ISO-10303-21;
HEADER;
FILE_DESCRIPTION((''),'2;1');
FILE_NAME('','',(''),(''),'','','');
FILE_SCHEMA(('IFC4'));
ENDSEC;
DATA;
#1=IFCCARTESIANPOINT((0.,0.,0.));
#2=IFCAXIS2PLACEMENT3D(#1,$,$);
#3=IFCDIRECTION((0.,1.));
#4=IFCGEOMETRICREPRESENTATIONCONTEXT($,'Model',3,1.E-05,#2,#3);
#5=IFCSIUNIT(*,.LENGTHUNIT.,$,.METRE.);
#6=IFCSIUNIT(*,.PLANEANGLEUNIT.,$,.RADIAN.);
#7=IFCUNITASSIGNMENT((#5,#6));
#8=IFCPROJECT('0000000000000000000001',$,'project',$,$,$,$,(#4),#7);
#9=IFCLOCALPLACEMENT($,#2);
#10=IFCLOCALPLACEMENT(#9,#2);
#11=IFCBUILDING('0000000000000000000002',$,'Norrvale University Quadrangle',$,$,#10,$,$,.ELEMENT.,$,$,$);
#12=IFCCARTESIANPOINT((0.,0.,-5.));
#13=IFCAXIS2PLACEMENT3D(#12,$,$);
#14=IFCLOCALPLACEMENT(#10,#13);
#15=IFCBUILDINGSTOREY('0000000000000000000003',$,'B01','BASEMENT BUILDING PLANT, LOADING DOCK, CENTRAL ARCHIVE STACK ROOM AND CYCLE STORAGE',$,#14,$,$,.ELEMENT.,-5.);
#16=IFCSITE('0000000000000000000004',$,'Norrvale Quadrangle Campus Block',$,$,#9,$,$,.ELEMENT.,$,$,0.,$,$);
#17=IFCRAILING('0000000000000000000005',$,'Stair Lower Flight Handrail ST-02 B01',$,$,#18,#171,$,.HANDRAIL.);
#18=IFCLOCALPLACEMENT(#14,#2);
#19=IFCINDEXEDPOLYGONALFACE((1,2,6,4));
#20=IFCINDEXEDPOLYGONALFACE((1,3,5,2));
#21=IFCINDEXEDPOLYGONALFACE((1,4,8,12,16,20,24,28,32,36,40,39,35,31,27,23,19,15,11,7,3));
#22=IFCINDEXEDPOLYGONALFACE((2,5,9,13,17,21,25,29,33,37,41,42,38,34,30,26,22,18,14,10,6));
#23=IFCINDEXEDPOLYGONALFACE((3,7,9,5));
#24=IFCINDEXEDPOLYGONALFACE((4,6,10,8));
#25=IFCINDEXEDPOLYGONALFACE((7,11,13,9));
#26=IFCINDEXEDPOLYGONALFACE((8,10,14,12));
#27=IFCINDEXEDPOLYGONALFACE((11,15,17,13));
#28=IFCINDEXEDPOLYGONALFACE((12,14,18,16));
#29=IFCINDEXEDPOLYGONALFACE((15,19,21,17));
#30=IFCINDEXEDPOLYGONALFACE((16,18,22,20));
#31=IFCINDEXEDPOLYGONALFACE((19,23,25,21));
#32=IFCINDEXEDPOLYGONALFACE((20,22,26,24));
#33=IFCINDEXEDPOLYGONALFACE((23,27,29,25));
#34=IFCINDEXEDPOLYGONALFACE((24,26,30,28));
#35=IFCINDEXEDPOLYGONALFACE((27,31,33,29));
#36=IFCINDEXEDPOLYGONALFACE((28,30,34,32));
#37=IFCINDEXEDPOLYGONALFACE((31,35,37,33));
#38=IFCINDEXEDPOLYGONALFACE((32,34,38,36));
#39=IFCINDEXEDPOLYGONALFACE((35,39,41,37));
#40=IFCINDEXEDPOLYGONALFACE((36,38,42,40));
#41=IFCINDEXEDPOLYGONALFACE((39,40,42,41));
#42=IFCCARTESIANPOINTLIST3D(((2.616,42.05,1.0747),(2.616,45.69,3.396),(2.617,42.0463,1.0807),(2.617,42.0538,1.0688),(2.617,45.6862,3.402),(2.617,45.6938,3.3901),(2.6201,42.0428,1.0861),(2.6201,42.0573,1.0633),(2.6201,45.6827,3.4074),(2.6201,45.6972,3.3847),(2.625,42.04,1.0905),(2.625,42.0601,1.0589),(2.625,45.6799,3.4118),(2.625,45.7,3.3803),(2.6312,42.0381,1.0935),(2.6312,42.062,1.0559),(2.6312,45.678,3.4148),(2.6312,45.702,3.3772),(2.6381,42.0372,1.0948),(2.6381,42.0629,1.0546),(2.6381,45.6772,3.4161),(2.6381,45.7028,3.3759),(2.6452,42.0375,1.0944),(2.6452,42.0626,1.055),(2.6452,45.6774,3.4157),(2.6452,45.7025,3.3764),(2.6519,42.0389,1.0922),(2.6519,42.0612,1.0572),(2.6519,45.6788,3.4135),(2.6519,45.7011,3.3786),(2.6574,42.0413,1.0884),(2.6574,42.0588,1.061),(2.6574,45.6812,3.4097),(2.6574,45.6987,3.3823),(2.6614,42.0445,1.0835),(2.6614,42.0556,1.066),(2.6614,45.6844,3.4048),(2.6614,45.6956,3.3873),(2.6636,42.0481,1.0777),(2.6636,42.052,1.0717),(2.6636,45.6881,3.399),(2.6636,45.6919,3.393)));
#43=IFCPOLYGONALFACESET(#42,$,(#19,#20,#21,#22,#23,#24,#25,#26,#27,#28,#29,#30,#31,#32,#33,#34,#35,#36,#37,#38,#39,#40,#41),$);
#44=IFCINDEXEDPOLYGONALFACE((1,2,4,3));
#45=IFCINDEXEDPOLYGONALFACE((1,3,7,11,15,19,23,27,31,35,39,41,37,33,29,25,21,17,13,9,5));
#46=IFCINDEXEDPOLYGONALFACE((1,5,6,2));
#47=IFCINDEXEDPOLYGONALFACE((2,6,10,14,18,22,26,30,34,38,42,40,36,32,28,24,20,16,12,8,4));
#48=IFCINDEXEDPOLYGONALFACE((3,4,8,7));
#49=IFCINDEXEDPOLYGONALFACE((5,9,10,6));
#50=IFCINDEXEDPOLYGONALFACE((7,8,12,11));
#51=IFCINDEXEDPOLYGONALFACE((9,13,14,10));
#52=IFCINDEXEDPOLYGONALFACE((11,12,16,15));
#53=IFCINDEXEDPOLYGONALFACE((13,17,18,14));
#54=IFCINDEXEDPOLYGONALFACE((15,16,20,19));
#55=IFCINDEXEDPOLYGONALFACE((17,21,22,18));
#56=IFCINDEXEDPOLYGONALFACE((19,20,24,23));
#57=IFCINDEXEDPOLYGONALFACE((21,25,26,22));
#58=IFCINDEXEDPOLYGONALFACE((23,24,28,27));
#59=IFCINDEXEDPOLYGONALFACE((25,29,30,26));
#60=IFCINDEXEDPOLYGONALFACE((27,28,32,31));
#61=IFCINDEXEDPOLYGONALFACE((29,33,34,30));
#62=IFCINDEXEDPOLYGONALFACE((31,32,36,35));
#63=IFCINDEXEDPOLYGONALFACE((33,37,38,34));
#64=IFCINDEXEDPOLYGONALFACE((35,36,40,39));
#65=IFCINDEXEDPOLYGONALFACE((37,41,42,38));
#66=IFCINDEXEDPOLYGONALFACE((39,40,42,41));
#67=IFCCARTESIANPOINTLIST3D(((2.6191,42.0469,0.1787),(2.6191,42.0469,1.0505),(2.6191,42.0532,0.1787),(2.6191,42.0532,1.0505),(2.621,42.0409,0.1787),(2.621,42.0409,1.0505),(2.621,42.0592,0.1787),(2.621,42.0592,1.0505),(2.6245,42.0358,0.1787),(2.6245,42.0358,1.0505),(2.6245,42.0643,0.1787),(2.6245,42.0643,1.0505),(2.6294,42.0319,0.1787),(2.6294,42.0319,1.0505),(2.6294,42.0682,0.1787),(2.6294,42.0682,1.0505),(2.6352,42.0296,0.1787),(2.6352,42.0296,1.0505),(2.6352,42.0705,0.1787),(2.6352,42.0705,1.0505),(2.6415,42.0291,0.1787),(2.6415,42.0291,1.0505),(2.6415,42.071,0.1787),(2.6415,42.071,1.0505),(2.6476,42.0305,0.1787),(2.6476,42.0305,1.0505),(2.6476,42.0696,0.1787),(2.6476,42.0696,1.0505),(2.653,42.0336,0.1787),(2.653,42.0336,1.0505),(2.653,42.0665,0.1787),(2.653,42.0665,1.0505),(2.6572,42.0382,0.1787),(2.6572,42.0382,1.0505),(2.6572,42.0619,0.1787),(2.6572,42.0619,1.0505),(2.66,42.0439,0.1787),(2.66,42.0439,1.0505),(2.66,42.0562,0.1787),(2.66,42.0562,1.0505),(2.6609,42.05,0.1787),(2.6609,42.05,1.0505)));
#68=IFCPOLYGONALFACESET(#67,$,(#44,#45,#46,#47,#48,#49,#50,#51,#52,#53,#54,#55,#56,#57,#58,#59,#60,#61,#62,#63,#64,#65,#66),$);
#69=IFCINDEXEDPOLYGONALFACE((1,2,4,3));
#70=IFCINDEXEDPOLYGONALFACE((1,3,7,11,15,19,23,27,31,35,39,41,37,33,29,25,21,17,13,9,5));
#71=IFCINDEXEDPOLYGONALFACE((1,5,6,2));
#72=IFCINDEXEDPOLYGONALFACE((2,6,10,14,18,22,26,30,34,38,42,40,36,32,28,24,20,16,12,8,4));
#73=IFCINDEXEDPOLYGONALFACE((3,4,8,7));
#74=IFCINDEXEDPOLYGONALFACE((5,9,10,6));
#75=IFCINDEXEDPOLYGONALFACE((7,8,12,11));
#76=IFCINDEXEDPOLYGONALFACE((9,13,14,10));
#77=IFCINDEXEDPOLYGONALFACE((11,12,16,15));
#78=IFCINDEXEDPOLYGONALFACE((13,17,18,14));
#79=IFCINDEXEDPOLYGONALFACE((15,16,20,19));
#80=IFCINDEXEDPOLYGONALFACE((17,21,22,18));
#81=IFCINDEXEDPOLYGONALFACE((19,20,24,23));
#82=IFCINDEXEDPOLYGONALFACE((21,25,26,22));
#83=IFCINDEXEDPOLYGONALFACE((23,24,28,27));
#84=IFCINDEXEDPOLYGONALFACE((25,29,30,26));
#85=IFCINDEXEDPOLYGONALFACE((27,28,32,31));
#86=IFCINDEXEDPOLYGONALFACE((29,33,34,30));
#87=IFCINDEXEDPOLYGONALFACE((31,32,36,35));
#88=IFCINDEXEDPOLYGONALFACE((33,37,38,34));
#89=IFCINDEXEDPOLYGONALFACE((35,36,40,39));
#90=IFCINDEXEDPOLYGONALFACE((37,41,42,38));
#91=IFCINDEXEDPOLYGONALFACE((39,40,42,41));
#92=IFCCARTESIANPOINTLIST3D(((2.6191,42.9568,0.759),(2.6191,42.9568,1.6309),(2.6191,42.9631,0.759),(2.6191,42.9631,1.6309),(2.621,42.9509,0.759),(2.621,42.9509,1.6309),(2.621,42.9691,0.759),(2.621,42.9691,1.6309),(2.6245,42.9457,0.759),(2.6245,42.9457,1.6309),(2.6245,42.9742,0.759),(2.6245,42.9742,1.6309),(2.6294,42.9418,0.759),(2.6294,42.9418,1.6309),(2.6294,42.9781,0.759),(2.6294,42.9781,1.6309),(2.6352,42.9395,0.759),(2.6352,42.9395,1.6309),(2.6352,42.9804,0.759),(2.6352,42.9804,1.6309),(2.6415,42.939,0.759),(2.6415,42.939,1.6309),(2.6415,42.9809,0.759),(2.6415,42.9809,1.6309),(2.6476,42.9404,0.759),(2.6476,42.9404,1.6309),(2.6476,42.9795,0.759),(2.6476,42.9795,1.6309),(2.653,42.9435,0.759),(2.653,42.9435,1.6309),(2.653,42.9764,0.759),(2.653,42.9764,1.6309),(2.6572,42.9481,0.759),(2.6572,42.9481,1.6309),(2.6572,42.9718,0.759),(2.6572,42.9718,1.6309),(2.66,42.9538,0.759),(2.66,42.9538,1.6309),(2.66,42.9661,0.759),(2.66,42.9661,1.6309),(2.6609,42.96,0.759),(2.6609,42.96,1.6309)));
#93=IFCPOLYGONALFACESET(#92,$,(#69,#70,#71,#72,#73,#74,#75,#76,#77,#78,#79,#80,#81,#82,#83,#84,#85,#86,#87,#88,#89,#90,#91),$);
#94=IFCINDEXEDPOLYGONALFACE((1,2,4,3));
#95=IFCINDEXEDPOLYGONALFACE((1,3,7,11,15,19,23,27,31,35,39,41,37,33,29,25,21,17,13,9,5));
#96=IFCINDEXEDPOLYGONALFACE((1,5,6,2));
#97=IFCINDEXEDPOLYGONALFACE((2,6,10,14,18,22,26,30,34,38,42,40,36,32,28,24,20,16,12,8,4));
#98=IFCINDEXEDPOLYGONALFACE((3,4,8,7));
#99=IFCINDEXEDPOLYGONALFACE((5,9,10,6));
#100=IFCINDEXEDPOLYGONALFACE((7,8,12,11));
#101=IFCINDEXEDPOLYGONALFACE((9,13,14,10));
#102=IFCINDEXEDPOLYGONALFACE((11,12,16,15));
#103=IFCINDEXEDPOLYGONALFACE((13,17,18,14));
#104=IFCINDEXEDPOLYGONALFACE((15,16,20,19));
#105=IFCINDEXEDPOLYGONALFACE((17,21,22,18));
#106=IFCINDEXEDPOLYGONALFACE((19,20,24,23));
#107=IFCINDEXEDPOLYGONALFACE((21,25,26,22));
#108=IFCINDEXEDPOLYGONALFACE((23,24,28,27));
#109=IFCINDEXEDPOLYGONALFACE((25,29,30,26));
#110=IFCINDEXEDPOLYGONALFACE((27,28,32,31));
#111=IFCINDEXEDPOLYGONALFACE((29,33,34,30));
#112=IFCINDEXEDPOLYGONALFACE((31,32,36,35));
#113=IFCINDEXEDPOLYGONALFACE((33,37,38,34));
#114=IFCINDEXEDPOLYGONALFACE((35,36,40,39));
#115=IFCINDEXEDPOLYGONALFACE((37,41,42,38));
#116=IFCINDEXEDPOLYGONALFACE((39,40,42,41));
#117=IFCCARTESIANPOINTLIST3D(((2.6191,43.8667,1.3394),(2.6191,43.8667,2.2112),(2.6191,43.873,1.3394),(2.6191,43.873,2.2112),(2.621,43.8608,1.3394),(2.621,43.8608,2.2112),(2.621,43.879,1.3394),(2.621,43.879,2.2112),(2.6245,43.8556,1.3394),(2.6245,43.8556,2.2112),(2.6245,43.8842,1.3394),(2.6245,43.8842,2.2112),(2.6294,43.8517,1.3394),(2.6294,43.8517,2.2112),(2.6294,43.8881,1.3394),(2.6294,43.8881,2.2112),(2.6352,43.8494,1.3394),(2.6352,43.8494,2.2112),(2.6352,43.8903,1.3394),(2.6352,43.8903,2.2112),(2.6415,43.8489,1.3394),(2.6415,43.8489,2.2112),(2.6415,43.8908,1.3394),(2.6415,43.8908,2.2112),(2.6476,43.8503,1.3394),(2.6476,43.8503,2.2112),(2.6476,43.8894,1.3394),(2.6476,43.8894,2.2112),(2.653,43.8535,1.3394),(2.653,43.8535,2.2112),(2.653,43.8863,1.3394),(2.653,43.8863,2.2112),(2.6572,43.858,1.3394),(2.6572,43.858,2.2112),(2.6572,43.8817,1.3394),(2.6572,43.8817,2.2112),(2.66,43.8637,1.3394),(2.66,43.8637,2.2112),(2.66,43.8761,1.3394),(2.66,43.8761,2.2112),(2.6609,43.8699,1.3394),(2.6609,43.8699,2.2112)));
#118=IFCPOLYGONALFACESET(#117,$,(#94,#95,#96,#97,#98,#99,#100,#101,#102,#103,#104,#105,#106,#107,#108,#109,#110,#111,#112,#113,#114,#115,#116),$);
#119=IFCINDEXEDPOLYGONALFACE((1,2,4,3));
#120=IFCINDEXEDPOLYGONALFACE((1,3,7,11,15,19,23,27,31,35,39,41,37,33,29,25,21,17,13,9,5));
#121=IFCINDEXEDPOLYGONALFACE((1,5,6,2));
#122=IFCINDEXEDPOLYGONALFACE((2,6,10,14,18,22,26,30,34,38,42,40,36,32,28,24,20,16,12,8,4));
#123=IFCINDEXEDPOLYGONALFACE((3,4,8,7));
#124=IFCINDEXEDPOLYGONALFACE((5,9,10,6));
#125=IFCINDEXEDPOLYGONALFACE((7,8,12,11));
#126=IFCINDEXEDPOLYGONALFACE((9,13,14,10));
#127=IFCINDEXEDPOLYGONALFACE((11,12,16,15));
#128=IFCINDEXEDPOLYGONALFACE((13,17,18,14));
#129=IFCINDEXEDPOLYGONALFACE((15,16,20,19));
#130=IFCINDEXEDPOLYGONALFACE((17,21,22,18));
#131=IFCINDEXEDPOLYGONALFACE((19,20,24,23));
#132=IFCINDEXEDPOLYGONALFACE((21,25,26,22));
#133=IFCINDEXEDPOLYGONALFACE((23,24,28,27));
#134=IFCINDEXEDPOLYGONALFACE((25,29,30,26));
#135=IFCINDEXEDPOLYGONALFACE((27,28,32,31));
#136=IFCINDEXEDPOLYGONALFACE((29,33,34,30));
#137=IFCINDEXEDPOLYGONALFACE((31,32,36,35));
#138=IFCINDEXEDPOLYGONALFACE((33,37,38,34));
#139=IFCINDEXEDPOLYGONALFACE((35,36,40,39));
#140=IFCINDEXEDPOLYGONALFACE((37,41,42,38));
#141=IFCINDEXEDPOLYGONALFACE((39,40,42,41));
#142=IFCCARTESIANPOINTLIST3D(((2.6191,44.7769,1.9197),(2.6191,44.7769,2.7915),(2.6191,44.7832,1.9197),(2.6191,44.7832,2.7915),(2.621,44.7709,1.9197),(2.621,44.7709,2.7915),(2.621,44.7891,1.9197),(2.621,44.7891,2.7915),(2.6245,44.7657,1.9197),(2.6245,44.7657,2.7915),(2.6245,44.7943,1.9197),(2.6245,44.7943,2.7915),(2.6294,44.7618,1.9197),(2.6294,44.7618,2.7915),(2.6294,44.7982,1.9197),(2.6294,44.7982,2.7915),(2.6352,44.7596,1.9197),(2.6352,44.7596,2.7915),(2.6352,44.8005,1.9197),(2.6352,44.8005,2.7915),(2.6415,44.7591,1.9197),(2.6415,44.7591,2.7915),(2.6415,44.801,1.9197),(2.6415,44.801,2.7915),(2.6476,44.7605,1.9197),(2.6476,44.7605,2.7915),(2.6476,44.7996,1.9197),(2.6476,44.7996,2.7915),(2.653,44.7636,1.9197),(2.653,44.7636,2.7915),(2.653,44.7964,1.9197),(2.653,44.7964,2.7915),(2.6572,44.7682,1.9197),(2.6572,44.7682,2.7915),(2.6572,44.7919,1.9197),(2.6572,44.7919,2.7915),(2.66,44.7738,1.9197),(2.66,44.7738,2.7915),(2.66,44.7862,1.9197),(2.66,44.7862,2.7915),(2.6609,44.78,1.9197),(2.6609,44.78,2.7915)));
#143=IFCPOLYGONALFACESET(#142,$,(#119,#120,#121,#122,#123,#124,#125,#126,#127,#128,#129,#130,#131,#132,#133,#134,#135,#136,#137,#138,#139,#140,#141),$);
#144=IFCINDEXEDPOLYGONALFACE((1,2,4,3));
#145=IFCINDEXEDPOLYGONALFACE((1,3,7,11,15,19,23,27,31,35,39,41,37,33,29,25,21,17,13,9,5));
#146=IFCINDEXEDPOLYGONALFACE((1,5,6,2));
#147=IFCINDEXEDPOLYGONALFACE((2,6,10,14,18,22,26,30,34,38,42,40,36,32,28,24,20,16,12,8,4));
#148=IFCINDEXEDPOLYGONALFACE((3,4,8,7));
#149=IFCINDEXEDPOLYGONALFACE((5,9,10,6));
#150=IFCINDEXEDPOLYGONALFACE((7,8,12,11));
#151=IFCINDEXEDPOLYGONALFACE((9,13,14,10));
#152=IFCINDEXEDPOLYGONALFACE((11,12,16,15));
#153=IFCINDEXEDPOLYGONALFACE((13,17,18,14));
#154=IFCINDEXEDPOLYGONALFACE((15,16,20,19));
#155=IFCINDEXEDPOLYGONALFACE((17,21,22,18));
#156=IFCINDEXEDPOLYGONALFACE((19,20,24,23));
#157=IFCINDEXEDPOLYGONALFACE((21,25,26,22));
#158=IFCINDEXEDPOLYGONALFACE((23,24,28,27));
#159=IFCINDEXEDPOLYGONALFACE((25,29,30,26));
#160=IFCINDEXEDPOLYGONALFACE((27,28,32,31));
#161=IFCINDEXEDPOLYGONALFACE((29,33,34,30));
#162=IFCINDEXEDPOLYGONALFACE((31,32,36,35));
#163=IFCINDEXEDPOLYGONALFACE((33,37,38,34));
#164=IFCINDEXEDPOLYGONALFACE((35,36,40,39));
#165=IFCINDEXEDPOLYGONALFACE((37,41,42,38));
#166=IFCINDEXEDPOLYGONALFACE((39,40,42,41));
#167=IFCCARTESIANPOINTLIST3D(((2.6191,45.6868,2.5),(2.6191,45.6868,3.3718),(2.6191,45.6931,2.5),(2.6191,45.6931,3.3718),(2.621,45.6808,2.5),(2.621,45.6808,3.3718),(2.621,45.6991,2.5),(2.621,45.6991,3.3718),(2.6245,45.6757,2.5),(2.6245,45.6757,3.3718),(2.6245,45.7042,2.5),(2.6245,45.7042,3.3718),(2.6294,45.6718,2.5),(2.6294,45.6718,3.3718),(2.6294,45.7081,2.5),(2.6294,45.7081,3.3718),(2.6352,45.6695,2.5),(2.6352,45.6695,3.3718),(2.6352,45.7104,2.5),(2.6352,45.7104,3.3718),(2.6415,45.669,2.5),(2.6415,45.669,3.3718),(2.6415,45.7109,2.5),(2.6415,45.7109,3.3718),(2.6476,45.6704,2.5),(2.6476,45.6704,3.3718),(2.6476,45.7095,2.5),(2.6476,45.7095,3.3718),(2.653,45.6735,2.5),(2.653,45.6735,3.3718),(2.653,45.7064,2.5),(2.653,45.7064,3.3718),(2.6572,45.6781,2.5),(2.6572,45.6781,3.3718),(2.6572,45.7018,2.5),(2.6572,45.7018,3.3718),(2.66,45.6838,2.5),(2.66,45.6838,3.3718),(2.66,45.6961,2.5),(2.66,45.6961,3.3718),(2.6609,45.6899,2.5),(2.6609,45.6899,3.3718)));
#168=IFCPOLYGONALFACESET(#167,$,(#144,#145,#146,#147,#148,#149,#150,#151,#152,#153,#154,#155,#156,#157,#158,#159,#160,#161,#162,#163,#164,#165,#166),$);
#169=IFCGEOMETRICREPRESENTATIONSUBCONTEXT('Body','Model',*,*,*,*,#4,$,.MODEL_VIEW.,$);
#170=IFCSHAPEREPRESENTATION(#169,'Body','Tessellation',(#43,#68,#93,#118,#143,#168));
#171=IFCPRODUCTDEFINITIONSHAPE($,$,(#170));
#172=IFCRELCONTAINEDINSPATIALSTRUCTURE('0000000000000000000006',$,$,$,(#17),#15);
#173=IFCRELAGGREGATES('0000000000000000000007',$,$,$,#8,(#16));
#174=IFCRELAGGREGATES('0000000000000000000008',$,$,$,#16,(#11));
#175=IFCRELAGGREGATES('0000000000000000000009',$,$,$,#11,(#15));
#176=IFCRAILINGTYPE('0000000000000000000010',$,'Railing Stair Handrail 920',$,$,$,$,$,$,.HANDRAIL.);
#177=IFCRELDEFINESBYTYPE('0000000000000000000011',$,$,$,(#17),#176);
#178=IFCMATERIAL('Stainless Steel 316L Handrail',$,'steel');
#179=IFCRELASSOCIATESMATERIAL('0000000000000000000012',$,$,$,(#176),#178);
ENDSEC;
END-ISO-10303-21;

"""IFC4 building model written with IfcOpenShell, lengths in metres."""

from ifc_helpers import new_model, si_unit, direction, frame, origin, origin_2d, place, context, subcontext, project, spatial, circle, extrude, material, type_object, element, save


model = new_model("IFC4")

# Units and contexts
model_context = context("Model", 3, precision=1e-05, world=origin(), true_north=direction((0.0, 1.0)))
body_context = subcontext(model_context, "Body", "Model", "MODEL_VIEW")
ifc_project = project(units=[si_unit("LENGTHUNIT", "METRE"), si_unit("PLANEANGLEUNIT", "RADIAN")], contexts=[model_context])

# Site, building, storey
site_placement = place(None, origin())
site = spatial("IfcSite", under=ifc_project, at=site_placement, Name="Norrvale Quadrangle Campus Block", CompositionType="ELEMENT", RefElevation=0.0)
building_placement = place(site_placement, origin())
building = spatial("IfcBuilding", under=site, at=building_placement, Name="Norrvale University Quadrangle", CompositionType="ELEMENT")
storey_placement = place(building_placement, frame((0.0, 0.0, -5.0)))
storey = spatial("IfcBuildingStorey", under=building, at=storey_placement, Name="B01", Description="BASEMENT BUILDING PLANT, LOADING DOCK, CENTRAL ARCHIVE STACK ROOM AND CYCLE STORAGE", CompositionType="ELEMENT", Elevation=-5.0)

# Railing
ifc_material_1 = material(Name="Stainless Steel 316L Handrail", Category="steel")
railing_type_1 = type_object("IfcRailingType", Name="Railing Stair Handrail 920", PredefinedType="HANDRAIL", material=ifc_material_1)
railing_1_placement = place(storey_placement, frame((2.6399, 42.05, 0.1787)))
element("IfcRailing", 1, at=railing_1_placement, inside=storey, type_object=railing_type_1, Name="Stair Lower Flight Handrail ST-02 B01", PredefinedType="HANDRAIL", context=body_context, shape_type="SweptSolid", body=[
    extrude(circle(Radius=0.0239, at=origin_2d()), frame((0.0, 0.0, 0.896), z_axis=(0.0, 0.843137, 0.537699), x_axis=(-1.0, 0.0, 0.0)), (0.0, 0.0, 1.0), 4.3171),
    extrude(circle(Radius=0.021, at=origin_2d()), origin(), (0.0, 0.0, 1.0), 0.8718),
    extrude(circle(Radius=0.021, at=origin_2d()), frame((0.0, 0.9099, 0.5803)), (0.0, 0.0, 1.0), 0.8718),
    extrude(circle(Radius=0.021, at=origin_2d()), frame((0.0, 1.8198, 1.1606)), (0.0, 0.0, 1.0), 0.8718),
    extrude(circle(Radius=0.021, at=origin_2d()), frame((0.0, 2.73, 1.741)), (0.0, 0.0, 1.0), 0.8718),
    extrude(circle(Radius=0.021, at=origin_2d()), frame((0.0, 3.6399, 2.3213)), (0.0, 0.0, 1.0), 0.8718),
])

save(model, "model.ifc")
